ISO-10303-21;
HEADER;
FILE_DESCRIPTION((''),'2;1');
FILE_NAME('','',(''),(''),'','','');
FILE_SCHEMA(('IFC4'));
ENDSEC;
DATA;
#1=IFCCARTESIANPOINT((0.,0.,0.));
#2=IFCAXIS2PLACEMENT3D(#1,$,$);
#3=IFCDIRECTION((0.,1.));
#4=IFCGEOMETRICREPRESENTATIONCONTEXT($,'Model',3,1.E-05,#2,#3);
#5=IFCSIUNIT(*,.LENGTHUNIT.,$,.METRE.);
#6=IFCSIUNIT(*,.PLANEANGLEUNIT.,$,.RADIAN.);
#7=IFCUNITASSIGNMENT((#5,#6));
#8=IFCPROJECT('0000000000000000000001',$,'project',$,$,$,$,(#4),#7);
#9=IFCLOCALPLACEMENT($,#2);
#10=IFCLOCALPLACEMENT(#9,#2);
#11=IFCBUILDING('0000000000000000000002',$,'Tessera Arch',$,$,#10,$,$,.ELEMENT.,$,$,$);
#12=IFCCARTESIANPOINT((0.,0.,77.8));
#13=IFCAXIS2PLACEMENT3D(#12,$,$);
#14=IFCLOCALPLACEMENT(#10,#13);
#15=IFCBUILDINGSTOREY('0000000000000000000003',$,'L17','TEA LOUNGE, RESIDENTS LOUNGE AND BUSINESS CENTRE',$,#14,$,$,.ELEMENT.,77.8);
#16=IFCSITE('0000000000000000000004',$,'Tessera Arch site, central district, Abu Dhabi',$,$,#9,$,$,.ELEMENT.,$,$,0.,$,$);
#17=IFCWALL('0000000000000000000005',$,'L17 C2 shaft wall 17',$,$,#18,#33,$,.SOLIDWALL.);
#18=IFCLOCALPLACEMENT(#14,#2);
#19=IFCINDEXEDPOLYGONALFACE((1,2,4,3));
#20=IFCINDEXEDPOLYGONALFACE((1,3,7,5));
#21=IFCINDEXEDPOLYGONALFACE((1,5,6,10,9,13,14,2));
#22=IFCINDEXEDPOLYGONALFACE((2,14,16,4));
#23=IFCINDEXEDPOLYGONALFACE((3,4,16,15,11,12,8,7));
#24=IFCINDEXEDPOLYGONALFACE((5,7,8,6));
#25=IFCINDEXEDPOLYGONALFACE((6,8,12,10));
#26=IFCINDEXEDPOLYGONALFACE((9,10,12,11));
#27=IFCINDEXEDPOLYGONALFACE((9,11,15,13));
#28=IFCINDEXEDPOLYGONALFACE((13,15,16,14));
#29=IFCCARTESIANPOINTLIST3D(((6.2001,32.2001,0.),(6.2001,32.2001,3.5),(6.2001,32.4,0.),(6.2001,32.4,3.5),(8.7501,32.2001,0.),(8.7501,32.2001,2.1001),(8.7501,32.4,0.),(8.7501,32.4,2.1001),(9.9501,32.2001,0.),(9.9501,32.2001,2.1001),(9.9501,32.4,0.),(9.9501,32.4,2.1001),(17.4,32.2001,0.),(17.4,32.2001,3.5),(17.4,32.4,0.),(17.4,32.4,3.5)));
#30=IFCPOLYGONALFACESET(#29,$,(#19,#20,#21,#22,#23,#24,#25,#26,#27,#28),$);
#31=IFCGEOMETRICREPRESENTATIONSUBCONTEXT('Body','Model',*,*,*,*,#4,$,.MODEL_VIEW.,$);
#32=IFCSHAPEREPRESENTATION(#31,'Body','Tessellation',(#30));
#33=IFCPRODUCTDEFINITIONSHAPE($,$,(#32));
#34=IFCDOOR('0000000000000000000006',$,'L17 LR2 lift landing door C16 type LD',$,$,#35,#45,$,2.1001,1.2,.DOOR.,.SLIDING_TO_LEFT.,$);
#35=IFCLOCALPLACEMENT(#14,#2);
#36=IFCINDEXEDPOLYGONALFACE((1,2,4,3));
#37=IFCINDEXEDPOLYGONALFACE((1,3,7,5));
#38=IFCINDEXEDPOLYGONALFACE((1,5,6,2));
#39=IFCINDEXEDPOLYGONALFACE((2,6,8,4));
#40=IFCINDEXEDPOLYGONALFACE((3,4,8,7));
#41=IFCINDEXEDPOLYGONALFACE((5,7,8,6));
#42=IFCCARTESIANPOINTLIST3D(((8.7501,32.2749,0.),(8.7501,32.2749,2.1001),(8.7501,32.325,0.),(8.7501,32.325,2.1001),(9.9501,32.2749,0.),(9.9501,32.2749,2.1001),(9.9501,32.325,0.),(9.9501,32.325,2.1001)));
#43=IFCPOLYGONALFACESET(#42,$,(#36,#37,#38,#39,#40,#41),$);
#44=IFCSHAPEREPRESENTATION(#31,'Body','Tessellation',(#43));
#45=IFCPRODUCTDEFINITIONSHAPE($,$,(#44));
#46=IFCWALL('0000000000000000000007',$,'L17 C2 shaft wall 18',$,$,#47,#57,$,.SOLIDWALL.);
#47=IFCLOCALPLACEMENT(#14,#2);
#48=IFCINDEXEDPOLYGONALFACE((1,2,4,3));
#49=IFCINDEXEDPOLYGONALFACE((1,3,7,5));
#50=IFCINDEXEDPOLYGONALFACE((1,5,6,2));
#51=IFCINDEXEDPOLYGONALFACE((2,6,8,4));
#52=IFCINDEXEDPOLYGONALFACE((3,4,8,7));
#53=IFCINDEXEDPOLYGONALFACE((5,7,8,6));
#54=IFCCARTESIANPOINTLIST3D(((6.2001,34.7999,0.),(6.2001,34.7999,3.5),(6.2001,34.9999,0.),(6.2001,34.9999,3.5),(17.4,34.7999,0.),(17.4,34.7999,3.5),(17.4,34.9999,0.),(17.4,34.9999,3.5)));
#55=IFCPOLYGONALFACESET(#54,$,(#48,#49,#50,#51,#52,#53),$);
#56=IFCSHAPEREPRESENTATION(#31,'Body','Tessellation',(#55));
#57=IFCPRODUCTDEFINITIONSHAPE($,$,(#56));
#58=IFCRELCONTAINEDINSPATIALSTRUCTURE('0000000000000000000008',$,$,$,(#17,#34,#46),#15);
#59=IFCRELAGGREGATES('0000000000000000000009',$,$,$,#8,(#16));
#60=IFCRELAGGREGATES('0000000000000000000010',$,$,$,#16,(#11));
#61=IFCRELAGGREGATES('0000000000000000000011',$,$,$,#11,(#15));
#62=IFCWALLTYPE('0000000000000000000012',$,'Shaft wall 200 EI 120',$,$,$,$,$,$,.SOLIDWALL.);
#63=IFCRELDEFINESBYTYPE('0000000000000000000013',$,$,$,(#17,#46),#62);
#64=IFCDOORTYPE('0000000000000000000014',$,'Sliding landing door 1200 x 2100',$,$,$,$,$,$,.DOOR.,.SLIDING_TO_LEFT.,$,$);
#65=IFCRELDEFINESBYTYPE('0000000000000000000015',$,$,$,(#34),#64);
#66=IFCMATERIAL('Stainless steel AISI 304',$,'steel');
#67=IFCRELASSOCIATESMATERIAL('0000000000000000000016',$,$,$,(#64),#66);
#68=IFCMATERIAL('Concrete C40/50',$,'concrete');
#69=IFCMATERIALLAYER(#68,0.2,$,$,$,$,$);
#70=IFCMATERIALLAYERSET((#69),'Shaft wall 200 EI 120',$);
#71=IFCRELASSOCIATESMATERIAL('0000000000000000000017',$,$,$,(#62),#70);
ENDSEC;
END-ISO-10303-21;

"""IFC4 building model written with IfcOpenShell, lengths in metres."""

from ifc_helpers import new_model, si_unit, direction, frame, frame_2d, origin, place, context, subcontext, project, spatial, rectangle, extrude, material, layer, layer_set, type_object, element, fill, save


model = new_model("IFC4")

# Units and contexts
model_context = context("Model", 3, precision=1e-05, world=origin(), true_north=direction((0.0, 1.0)))
body_context = subcontext(model_context, "Body", "Model", "MODEL_VIEW")
ifc_project = project(units=[si_unit("LENGTHUNIT", "METRE"), si_unit("PLANEANGLEUNIT", "RADIAN")], contexts=[model_context])

# Site, building, storey
site_placement = place(None, origin())
site = spatial("IfcSite", under=ifc_project, at=site_placement, Name="Tessera Arch site, central district, Abu Dhabi", CompositionType="ELEMENT", RefElevation=0.0)
building_placement = place(site_placement, origin())
building = spatial("IfcBuilding", under=site, at=building_placement, Name="Tessera Arch", CompositionType="ELEMENT")
storey_placement = place(building_placement, frame((0.0, 0.0, 77.8)))
storey = spatial("IfcBuildingStorey", under=building, at=storey_placement, Name="L17", Description="TEA LOUNGE, RESIDENTS LOUNGE AND BUSINESS CENTRE", CompositionType="ELEMENT", Elevation=77.8)

# Shared definitions
ifc_material_1 = material(Name="Stainless steel AISI 304", Category="steel")
door_type_1 = type_object("IfcDoorType", Name="Sliding landing door 1200 x 2100", OperationType="SLIDING_TO_LEFT", PredefinedType="DOOR", material=ifc_material_1)

# Shared definitions
ifc_material_2 = material(Name="Concrete C40/50", Category="concrete")
ifc_layer_1 = layer(ifc_material_2, 0.2)
ifc_layer_set_1 = layer_set([ifc_layer_1], Name="Shaft wall 200 EI 120")
wall_type_1 = type_object("IfcWallType", Name="Shaft wall 200 EI 120", PredefinedType="SOLIDWALL", material=ifc_layer_set_1)

# Wall, opening, door
wall_1_placement = place(storey_placement, frame((6.2, 32.3, 0.0), z_axis=(0.0, 0.0, 1.0), x_axis=(1.0, 0.0, 0.0)))
wall_1 = element("IfcWall", 1, at=wall_1_placement, inside=storey, type_object=wall_type_1, Name="L17 C2 shaft wall 17", PredefinedType="SOLIDWALL", context=body_context, shape_type="SweptSolid", body=[
    extrude(rectangle(XDim=11.2, YDim=0.2, at=frame_2d((5.6001, 0.0))), origin(), (0.0, 0.0, 1.0), 3.5),
])
opening_1_placement = place(wall_1_placement, frame((2.55, 0.0, 0.0)))
opening_1 = element("IfcOpeningElement", 2, at=opening_1_placement, cuts=wall_1, PredefinedType="OPENING", context=body_context, shape_type="SweptSolid", body=[
    extrude(rectangle(XDim=1.2, YDim=2.1001, at=frame_2d((0.6001, 1.05))), frame((0.0, 0.1099, 0.0), z_axis=(0.0, -1.0, 0.0), x_axis=(1.0, 0.0, 0.0)), (0.0, 0.0, 1.0), 0.22),
])
door_1_placement = place(opening_1_placement, origin())
door_1 = element("IfcDoor", 3, at=door_1_placement, inside=storey, type_object=door_type_1, Name="L17 LR2 lift landing door C16 type LD", OperationType="SLIDING_TO_LEFT", OverallHeight=2.1001, OverallWidth=1.2, PredefinedType="DOOR", context=body_context, shape_type="SweptSolid", body=[
    extrude(rectangle(XDim=1.2, YDim=2.1001, at=frame_2d((0.6001, 1.05))), frame((0.0, 0.0249, 0.0), z_axis=(0.0, -1.0, 0.0), x_axis=(1.0, 0.0, 0.0)), (0.0, 0.0, 1.0), 0.05),
])
fill(opening_1, door_1)

# Wall
wall_2_placement = place(storey_placement, frame((6.2, 34.8999, 0.0), z_axis=(0.0, 0.0, 1.0), x_axis=(1.0, 0.0, 0.0)))
element("IfcWall", 4, at=wall_2_placement, inside=storey, type_object=wall_type_1, Name="L17 C2 shaft wall 18", PredefinedType="SOLIDWALL", context=body_context, shape_type="SweptSolid", body=[
    extrude(rectangle(XDim=11.2, YDim=0.2, at=frame_2d((5.6001, 0.0))), origin(), (0.0, 0.0, 1.0), 3.5),
])

save(model, "model.ifc")
